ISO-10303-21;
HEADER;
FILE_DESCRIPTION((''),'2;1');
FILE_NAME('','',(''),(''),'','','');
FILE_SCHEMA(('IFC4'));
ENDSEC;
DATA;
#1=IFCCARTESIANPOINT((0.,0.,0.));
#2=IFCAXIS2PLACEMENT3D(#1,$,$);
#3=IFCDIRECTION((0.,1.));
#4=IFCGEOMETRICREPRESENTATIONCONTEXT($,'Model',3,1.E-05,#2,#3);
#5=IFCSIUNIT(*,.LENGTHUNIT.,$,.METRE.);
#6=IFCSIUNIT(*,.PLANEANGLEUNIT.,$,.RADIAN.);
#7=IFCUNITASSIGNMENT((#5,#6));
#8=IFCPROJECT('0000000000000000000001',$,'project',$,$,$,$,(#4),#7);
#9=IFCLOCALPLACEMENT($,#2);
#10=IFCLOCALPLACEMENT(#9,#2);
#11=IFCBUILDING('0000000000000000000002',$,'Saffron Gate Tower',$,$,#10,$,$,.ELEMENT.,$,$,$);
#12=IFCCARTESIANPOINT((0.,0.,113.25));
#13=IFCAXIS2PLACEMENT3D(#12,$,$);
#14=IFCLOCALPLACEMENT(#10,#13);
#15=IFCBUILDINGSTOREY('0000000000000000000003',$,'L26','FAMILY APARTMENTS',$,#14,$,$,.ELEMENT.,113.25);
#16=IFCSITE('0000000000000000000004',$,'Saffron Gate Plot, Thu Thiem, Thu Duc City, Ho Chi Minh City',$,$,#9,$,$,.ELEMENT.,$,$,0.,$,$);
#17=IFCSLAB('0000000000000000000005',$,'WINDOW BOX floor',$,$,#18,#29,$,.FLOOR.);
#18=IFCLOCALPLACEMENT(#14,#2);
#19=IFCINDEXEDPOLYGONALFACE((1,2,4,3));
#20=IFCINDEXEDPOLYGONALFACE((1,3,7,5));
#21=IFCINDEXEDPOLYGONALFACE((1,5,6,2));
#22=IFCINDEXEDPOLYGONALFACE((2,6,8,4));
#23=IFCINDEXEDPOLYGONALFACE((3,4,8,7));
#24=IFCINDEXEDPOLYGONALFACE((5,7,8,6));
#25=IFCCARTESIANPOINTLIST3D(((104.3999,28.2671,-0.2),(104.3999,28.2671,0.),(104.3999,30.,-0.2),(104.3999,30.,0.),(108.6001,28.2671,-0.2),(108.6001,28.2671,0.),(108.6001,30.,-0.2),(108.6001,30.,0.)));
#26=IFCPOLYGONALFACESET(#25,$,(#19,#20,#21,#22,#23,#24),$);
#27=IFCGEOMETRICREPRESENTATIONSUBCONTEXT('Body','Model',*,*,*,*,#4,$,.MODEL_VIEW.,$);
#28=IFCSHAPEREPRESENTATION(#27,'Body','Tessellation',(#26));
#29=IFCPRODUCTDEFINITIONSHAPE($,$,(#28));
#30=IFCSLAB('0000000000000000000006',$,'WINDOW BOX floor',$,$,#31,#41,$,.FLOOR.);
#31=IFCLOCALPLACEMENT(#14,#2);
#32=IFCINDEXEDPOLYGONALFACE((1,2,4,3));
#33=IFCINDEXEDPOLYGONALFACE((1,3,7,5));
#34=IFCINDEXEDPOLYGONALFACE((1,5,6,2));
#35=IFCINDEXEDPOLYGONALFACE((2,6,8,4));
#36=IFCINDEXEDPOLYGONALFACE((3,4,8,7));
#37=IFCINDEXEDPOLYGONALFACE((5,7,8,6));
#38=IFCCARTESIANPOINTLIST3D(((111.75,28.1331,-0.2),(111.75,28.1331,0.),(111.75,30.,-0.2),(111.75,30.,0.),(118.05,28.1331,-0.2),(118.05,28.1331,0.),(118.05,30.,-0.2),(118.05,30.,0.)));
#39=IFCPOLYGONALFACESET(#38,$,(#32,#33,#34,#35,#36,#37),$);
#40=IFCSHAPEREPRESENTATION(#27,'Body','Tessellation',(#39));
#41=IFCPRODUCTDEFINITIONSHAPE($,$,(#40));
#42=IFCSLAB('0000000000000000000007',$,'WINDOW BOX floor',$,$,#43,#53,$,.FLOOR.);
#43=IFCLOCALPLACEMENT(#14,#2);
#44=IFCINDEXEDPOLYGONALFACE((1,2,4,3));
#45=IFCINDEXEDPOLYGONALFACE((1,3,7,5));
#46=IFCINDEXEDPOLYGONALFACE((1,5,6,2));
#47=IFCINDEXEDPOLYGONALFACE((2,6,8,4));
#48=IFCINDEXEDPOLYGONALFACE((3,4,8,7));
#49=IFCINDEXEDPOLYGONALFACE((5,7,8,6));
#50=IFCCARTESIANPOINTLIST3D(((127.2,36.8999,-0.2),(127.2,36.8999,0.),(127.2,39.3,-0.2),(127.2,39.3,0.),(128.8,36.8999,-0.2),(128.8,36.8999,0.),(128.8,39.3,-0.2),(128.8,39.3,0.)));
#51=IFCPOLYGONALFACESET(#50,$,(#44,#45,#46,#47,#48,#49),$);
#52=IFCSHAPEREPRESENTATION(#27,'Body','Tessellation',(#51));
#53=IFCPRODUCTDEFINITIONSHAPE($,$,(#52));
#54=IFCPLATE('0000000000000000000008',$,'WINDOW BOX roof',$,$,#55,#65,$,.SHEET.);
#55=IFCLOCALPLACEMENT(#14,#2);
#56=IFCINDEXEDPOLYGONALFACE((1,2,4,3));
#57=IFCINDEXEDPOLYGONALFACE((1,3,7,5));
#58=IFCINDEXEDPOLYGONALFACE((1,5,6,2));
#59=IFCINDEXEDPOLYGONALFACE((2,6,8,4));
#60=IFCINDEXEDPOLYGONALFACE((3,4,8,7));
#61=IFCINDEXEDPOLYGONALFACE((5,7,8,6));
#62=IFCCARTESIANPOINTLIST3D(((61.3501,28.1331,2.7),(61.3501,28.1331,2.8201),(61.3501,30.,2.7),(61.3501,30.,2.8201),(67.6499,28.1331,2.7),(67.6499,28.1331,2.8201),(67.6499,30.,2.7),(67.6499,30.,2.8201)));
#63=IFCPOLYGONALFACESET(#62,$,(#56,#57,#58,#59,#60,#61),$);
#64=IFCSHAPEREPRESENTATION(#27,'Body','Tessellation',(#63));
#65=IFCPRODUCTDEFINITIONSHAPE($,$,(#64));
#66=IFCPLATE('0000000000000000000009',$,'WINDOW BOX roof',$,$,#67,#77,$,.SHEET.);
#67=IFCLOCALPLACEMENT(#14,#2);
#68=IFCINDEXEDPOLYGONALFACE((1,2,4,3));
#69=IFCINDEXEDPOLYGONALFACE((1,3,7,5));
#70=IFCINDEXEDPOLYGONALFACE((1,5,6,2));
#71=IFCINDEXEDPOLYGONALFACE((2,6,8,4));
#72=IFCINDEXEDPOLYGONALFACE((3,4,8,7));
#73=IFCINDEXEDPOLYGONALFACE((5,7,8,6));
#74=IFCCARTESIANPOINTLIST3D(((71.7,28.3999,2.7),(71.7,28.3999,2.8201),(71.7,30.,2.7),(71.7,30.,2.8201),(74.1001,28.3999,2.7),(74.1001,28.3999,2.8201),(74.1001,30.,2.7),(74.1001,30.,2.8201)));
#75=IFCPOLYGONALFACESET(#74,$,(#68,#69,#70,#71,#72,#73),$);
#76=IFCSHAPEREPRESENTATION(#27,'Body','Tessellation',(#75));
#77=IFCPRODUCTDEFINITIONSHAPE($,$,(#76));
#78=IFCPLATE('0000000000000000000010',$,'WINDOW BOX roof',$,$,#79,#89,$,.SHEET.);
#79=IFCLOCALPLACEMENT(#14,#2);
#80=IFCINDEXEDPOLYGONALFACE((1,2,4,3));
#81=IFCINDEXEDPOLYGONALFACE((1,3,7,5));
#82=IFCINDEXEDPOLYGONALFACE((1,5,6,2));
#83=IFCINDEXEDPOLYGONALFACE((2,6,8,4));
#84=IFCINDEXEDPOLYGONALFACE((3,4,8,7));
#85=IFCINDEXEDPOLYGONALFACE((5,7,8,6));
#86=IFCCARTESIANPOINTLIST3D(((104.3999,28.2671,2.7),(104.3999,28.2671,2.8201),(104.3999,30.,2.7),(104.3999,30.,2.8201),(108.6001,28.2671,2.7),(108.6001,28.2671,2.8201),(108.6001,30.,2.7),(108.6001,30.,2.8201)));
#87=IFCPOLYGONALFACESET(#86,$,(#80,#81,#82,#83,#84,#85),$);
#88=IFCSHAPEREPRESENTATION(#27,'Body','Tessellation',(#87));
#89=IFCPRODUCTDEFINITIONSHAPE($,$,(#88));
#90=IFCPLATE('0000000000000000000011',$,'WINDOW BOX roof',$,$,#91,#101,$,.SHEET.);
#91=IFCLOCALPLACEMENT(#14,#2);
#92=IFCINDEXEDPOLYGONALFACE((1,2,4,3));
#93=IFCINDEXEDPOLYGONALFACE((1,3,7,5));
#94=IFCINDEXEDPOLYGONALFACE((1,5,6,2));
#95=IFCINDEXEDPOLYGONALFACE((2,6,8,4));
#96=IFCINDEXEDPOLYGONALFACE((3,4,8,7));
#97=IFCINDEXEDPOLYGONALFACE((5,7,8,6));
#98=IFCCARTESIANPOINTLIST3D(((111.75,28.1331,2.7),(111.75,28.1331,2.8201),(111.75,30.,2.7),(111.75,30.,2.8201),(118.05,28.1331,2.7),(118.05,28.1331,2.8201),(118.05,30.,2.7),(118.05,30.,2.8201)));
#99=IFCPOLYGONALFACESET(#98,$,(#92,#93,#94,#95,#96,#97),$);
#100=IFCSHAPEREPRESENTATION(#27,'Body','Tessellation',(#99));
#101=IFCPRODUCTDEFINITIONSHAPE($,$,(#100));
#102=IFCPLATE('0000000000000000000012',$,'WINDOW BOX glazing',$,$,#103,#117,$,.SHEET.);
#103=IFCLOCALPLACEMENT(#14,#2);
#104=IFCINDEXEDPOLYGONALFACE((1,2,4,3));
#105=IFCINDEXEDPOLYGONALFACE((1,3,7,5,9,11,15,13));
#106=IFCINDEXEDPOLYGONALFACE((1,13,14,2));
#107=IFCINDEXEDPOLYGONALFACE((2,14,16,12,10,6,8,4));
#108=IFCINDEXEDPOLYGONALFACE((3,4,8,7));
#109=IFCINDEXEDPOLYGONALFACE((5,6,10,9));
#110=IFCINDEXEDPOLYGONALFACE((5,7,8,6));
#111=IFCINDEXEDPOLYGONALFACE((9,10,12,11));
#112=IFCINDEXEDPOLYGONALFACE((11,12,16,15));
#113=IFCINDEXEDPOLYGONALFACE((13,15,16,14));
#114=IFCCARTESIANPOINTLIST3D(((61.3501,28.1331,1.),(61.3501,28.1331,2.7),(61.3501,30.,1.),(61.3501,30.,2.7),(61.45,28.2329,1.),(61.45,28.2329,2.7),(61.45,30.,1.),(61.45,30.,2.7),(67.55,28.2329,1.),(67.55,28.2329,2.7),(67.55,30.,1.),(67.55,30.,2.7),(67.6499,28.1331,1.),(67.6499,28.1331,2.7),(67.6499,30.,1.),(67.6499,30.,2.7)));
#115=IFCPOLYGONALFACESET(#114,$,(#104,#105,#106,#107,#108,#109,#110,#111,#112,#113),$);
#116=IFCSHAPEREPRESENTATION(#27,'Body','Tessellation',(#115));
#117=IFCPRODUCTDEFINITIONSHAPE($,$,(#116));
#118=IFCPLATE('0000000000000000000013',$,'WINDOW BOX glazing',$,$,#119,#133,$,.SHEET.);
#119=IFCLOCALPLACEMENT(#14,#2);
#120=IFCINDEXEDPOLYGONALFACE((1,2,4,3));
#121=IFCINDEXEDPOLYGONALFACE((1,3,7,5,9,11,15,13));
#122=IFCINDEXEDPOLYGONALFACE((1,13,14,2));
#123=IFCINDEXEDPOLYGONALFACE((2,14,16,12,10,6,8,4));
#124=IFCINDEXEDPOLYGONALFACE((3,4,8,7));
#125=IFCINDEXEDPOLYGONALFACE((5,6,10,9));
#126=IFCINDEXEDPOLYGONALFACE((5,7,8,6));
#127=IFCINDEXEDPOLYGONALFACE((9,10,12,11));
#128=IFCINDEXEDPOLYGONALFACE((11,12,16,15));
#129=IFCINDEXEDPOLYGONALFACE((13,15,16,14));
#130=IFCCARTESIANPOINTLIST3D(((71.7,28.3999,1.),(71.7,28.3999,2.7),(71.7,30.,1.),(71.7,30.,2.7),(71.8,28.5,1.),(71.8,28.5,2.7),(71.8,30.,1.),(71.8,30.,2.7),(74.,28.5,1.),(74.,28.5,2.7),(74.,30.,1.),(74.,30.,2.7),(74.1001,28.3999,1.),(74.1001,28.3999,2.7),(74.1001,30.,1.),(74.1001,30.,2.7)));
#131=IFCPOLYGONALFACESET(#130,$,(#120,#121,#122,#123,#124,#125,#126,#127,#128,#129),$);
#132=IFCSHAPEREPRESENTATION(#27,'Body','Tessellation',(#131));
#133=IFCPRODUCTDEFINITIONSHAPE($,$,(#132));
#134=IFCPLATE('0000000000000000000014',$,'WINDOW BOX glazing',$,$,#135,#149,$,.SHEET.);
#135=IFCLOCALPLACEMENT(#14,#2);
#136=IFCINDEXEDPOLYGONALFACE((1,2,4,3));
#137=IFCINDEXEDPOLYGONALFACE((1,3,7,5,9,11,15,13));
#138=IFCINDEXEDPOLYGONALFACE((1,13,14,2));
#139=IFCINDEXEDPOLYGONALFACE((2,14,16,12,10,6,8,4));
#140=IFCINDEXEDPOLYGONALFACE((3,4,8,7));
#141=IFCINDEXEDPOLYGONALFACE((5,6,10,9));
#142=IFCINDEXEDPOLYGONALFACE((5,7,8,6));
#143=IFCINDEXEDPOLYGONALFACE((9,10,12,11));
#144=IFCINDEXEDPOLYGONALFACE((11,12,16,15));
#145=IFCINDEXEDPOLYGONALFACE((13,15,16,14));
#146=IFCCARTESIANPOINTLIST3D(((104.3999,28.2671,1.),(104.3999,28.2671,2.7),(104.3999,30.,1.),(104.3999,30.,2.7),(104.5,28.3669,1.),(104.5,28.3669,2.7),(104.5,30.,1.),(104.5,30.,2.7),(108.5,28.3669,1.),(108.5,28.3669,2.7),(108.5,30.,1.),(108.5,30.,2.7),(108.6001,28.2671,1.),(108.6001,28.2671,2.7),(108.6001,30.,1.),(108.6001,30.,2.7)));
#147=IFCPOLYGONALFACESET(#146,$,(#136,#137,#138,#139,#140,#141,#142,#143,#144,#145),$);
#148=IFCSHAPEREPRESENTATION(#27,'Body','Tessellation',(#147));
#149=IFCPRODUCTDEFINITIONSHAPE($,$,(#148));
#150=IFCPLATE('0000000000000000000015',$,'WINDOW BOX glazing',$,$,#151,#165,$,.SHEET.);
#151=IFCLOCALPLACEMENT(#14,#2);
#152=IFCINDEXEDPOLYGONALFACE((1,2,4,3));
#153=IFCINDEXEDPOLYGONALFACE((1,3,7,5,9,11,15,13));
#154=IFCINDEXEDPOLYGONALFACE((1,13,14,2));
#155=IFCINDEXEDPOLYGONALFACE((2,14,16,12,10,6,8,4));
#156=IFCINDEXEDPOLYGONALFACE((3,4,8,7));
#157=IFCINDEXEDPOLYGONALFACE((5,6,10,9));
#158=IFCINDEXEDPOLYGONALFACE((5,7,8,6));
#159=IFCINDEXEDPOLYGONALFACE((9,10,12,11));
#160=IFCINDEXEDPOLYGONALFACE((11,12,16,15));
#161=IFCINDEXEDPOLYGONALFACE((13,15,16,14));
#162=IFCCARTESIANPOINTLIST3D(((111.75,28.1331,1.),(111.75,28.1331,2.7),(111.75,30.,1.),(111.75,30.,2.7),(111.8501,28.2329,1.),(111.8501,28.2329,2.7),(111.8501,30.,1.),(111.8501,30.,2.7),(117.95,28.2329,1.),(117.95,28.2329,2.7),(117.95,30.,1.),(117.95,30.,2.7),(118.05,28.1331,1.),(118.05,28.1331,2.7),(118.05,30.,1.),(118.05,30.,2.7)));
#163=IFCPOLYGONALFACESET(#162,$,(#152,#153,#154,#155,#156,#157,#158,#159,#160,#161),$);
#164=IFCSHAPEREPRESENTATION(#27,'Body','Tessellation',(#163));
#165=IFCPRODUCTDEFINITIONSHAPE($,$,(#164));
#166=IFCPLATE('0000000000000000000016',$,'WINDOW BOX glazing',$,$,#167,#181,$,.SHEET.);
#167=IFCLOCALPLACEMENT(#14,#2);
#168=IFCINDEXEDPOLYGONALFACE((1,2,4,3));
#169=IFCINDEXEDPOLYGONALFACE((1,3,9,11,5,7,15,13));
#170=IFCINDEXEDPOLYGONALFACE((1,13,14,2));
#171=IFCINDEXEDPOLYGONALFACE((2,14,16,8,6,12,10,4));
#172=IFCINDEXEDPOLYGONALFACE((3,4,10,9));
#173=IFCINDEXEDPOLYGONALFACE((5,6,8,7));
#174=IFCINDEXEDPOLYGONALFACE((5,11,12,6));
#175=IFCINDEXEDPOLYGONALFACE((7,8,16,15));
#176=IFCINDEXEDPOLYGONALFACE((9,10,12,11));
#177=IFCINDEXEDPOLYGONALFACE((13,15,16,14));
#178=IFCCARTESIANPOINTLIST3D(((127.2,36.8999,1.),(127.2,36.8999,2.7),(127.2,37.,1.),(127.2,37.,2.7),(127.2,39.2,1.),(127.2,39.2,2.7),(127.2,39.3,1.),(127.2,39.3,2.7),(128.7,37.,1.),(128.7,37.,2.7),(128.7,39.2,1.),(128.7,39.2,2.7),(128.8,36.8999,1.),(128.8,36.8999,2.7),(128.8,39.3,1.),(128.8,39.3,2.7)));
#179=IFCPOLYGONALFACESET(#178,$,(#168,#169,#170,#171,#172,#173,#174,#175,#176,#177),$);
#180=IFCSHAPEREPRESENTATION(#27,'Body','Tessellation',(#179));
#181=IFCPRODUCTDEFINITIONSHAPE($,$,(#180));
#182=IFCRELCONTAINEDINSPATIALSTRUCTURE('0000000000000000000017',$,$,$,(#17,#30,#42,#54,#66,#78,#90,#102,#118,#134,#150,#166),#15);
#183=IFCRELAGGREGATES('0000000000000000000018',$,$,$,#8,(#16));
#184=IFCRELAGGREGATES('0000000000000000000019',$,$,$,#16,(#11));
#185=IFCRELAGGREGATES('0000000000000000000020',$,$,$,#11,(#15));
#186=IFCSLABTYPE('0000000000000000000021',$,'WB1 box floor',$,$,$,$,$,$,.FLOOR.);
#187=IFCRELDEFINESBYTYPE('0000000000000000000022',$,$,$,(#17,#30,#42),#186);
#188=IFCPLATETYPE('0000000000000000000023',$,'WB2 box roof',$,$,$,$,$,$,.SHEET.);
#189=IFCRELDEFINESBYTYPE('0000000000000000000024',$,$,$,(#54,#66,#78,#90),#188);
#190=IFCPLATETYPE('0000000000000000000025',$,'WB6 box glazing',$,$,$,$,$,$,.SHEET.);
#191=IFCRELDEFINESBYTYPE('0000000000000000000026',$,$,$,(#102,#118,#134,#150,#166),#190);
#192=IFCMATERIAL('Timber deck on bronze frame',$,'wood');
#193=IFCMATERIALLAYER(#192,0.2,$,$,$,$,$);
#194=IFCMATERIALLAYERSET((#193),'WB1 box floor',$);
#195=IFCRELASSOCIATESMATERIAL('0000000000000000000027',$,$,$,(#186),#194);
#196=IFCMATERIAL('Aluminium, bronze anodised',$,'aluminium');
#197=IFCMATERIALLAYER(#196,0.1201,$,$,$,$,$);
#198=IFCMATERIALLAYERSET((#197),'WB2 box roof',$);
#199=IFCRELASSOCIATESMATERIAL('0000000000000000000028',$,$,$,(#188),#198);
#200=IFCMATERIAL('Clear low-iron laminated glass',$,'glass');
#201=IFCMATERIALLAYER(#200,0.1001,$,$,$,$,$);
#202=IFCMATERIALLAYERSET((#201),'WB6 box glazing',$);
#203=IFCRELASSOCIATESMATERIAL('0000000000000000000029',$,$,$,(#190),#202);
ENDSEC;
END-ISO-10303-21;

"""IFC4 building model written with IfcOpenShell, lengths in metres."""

from ifc_helpers import new_model, si_unit, direction, frame, origin, place, context, subcontext, project, spatial, polyline, outline, extrude, material, layer, layer_set, type_object, element, save


model = new_model("IFC4")

# Units and contexts
model_context = context("Model", 3, precision=1e-05, world=origin(), true_north=direction((0.0, 1.0)))
body_context = subcontext(model_context, "Body", "Model", "MODEL_VIEW")
ifc_project = project(units=[si_unit("LENGTHUNIT", "METRE"), si_unit("PLANEANGLEUNIT", "RADIAN")], contexts=[model_context])

# Site, building, storey
site_placement = place(None, origin())
site = spatial("IfcSite", under=ifc_project, at=site_placement, Name="Saffron Gate Plot, Thu Thiem, Thu Duc City, Ho Chi Minh City", CompositionType="ELEMENT", RefElevation=0.0)
building_placement = place(site_placement, origin())
building = spatial("IfcBuilding", under=site, at=building_placement, Name="Saffron Gate Tower", CompositionType="ELEMENT")
storey_placement = place(building_placement, frame((0.0, 0.0, 113.25)))
storey = spatial("IfcBuildingStorey", under=building, at=storey_placement, Name="L26", Description="FAMILY APARTMENTS", CompositionType="ELEMENT", Elevation=113.25)

# Slabs
ifc_material_1 = material(Name="Timber deck on bronze frame", Category="wood")
ifc_layer_1 = layer(ifc_material_1, 0.2)
ifc_layer_set_1 = layer_set([ifc_layer_1], Name="WB1 box floor")
slab_type_1 = type_object("IfcSlabType", Name="WB1 box floor", PredefinedType="FLOOR", material=ifc_layer_set_1)
slab_1_placement = place(storey_placement, frame((0.0, 0.0, -0.2)))
element("IfcSlab", 1, at=slab_1_placement, inside=storey, type_object=slab_type_1, Name="WINDOW BOX floor", PredefinedType="FLOOR", context=body_context, shape_type="SweptSolid", body=[
    extrude(outline(polyline([(104.3999, 30.0), (108.6001, 30.0), (108.6001, 28.2671), (104.3999, 28.2671), (104.3999, 30.0)])), origin(), (0.0, 0.0, 1.0), 0.2),
])
slab_2_placement = place(storey_placement, frame((0.0, 0.0, -0.2)))
element("IfcSlab", 2, at=slab_2_placement, inside=storey, type_object=slab_type_1, Name="WINDOW BOX floor", PredefinedType="FLOOR", context=body_context, shape_type="SweptSolid", body=[
    extrude(outline(polyline([(111.75, 30.0), (118.05, 30.0), (118.05, 28.1331), (111.75, 28.1331), (111.75, 30.0)])), origin(), (0.0, 0.0, 1.0), 0.2),
])
slab_3_placement = place(storey_placement, frame((0.0, 0.0, -0.2)))
element("IfcSlab", 3, at=slab_3_placement, inside=storey, type_object=slab_type_1, Name="WINDOW BOX floor", PredefinedType="FLOOR", context=body_context, shape_type="SweptSolid", body=[
    extrude(outline(polyline([(127.2, 36.8999), (127.2, 39.3), (128.8, 39.3), (128.8, 36.8999), (127.2, 36.8999)])), origin(), (0.0, 0.0, 1.0), 0.2),
])

# Plates
ifc_material_2 = material(Name="Aluminium, bronze anodised", Category="aluminium")
ifc_layer_2 = layer(ifc_material_2, 0.1201)
ifc_layer_set_2 = layer_set([ifc_layer_2], Name="WB2 box roof")
plate_type_1 = type_object("IfcPlateType", Name="WB2 box roof", PredefinedType="SHEET", material=ifc_layer_set_2)
plate_1_placement = place(storey_placement, frame((0.0, 0.0, 2.7)))
element("IfcPlate", 4, at=plate_1_placement, inside=storey, type_object=plate_type_1, Name="WINDOW BOX roof", PredefinedType="SHEET", context=body_context, shape_type="SweptSolid", body=[
    extrude(outline(polyline([(61.3501, 30.0), (67.6499, 30.0), (67.6499, 28.1331), (61.3501, 28.1331), (61.3501, 30.0)])), origin(), (0.0, 0.0, 1.0), 0.1201),
])
plate_2_placement = place(storey_placement, frame((0.0, 0.0, 2.7)))
element("IfcPlate", 5, at=plate_2_placement, inside=storey, type_object=plate_type_1, Name="WINDOW BOX roof", PredefinedType="SHEET", context=body_context, shape_type="SweptSolid", body=[
    extrude(outline(polyline([(71.7, 30.0), (74.1001, 30.0), (74.1001, 28.3999), (71.7, 28.3999), (71.7, 30.0)])), origin(), (0.0, 0.0, 1.0), 0.1201),
])
plate_3_placement = place(storey_placement, frame((0.0, 0.0, 2.7)))
element("IfcPlate", 6, at=plate_3_placement, inside=storey, type_object=plate_type_1, Name="WINDOW BOX roof", PredefinedType="SHEET", context=body_context, shape_type="SweptSolid", body=[
    extrude(outline(polyline([(104.3999, 30.0), (108.6001, 30.0), (108.6001, 28.2671), (104.3999, 28.2671), (104.3999, 30.0)])), origin(), (0.0, 0.0, 1.0), 0.1201),
])
plate_4_placement = place(storey_placement, frame((0.0, 0.0, 2.7)))
element("IfcPlate", 7, at=plate_4_placement, inside=storey, type_object=plate_type_1, Name="WINDOW BOX roof", PredefinedType="SHEET", context=body_context, shape_type="SweptSolid", body=[
    extrude(outline(polyline([(111.75, 30.0), (118.05, 30.0), (118.05, 28.1331), (111.75, 28.1331), (111.75, 30.0)])), origin(), (0.0, 0.0, 1.0), 0.1201),
])
ifc_material_3 = material(Name="Clear low-iron laminated glass", Category="glass")
ifc_layer_3 = layer(ifc_material_3, 0.1001)
ifc_layer_set_3 = layer_set([ifc_layer_3], Name="WB6 box glazing")
plate_type_2 = type_object("IfcPlateType", Name="WB6 box glazing", PredefinedType="SHEET", material=ifc_layer_set_3)
plate_5_placement = place(storey_placement, frame((0.0, 0.0, 1.0)))
element("IfcPlate", 8, at=plate_5_placement, inside=storey, type_object=plate_type_2, Name="WINDOW BOX glazing", PredefinedType="SHEET", context=body_context, shape_type="SweptSolid", body=[
    extrude(outline(polyline([(61.3501, 30.0), (61.45, 30.0), (61.45, 28.2329), (67.55, 28.2329), (67.55, 30.0), (67.6499, 30.0), (67.6499, 28.1331), (61.3501, 28.1331), (61.3501, 30.0)])), origin(), (0.0, 0.0, 1.0), 1.7),
])
plate_6_placement = place(storey_placement, frame((0.0, 0.0, 1.0)))
element("IfcPlate", 9, at=plate_6_placement, inside=storey, type_object=plate_type_2, Name="WINDOW BOX glazing", PredefinedType="SHEET", context=body_context, shape_type="SweptSolid", body=[
    extrude(outline(polyline([(71.7, 30.0), (71.8, 30.0), (71.8, 28.5), (74.0, 28.5), (74.0, 30.0), (74.1001, 30.0), (74.1001, 28.3999), (71.7, 28.3999), (71.7, 30.0)])), origin(), (0.0, 0.0, 1.0), 1.7),
])
plate_7_placement = place(storey_placement, frame((0.0, 0.0, 1.0)))
element("IfcPlate", 10, at=plate_7_placement, inside=storey, type_object=plate_type_2, Name="WINDOW BOX glazing", PredefinedType="SHEET", context=body_context, shape_type="SweptSolid", body=[
    extrude(outline(polyline([(104.3999, 30.0), (104.5, 30.0), (104.5, 28.3669), (108.5, 28.3669), (108.5, 30.0), (108.6001, 30.0), (108.6001, 28.2671), (104.3999, 28.2671), (104.3999, 30.0)])), origin(), (0.0, 0.0, 1.0), 1.7),
])
plate_8_placement = place(storey_placement, frame((0.0, 0.0, 1.0)))
element("IfcPlate", 11, at=plate_8_placement, inside=storey, type_object=plate_type_2, Name="WINDOW BOX glazing", PredefinedType="SHEET", context=body_context, shape_type="SweptSolid", body=[
    extrude(outline(polyline([(111.75, 30.0), (111.8501, 30.0), (111.8501, 28.2329), (117.95, 28.2329), (117.95, 30.0), (118.05, 30.0), (118.05, 28.1331), (111.75, 28.1331), (111.75, 30.0)])), origin(), (0.0, 0.0, 1.0), 1.7),
])
plate_9_placement = place(storey_placement, frame((0.0, 0.0, 1.0)))
element("IfcPlate", 12, at=plate_9_placement, inside=storey, type_object=plate_type_2, Name="WINDOW BOX glazing", PredefinedType="SHEET", context=body_context, shape_type="SweptSolid", body=[
    extrude(outline(polyline([(127.2, 36.8999), (127.2, 37.0), (128.7, 37.0), (128.7, 39.2), (127.2, 39.2), (127.2, 39.3), (128.8, 39.3), (128.8, 36.8999), (127.2, 36.8999)])), origin(), (0.0, 0.0, 1.0), 1.7),
])

save(model, "model.ifc")
